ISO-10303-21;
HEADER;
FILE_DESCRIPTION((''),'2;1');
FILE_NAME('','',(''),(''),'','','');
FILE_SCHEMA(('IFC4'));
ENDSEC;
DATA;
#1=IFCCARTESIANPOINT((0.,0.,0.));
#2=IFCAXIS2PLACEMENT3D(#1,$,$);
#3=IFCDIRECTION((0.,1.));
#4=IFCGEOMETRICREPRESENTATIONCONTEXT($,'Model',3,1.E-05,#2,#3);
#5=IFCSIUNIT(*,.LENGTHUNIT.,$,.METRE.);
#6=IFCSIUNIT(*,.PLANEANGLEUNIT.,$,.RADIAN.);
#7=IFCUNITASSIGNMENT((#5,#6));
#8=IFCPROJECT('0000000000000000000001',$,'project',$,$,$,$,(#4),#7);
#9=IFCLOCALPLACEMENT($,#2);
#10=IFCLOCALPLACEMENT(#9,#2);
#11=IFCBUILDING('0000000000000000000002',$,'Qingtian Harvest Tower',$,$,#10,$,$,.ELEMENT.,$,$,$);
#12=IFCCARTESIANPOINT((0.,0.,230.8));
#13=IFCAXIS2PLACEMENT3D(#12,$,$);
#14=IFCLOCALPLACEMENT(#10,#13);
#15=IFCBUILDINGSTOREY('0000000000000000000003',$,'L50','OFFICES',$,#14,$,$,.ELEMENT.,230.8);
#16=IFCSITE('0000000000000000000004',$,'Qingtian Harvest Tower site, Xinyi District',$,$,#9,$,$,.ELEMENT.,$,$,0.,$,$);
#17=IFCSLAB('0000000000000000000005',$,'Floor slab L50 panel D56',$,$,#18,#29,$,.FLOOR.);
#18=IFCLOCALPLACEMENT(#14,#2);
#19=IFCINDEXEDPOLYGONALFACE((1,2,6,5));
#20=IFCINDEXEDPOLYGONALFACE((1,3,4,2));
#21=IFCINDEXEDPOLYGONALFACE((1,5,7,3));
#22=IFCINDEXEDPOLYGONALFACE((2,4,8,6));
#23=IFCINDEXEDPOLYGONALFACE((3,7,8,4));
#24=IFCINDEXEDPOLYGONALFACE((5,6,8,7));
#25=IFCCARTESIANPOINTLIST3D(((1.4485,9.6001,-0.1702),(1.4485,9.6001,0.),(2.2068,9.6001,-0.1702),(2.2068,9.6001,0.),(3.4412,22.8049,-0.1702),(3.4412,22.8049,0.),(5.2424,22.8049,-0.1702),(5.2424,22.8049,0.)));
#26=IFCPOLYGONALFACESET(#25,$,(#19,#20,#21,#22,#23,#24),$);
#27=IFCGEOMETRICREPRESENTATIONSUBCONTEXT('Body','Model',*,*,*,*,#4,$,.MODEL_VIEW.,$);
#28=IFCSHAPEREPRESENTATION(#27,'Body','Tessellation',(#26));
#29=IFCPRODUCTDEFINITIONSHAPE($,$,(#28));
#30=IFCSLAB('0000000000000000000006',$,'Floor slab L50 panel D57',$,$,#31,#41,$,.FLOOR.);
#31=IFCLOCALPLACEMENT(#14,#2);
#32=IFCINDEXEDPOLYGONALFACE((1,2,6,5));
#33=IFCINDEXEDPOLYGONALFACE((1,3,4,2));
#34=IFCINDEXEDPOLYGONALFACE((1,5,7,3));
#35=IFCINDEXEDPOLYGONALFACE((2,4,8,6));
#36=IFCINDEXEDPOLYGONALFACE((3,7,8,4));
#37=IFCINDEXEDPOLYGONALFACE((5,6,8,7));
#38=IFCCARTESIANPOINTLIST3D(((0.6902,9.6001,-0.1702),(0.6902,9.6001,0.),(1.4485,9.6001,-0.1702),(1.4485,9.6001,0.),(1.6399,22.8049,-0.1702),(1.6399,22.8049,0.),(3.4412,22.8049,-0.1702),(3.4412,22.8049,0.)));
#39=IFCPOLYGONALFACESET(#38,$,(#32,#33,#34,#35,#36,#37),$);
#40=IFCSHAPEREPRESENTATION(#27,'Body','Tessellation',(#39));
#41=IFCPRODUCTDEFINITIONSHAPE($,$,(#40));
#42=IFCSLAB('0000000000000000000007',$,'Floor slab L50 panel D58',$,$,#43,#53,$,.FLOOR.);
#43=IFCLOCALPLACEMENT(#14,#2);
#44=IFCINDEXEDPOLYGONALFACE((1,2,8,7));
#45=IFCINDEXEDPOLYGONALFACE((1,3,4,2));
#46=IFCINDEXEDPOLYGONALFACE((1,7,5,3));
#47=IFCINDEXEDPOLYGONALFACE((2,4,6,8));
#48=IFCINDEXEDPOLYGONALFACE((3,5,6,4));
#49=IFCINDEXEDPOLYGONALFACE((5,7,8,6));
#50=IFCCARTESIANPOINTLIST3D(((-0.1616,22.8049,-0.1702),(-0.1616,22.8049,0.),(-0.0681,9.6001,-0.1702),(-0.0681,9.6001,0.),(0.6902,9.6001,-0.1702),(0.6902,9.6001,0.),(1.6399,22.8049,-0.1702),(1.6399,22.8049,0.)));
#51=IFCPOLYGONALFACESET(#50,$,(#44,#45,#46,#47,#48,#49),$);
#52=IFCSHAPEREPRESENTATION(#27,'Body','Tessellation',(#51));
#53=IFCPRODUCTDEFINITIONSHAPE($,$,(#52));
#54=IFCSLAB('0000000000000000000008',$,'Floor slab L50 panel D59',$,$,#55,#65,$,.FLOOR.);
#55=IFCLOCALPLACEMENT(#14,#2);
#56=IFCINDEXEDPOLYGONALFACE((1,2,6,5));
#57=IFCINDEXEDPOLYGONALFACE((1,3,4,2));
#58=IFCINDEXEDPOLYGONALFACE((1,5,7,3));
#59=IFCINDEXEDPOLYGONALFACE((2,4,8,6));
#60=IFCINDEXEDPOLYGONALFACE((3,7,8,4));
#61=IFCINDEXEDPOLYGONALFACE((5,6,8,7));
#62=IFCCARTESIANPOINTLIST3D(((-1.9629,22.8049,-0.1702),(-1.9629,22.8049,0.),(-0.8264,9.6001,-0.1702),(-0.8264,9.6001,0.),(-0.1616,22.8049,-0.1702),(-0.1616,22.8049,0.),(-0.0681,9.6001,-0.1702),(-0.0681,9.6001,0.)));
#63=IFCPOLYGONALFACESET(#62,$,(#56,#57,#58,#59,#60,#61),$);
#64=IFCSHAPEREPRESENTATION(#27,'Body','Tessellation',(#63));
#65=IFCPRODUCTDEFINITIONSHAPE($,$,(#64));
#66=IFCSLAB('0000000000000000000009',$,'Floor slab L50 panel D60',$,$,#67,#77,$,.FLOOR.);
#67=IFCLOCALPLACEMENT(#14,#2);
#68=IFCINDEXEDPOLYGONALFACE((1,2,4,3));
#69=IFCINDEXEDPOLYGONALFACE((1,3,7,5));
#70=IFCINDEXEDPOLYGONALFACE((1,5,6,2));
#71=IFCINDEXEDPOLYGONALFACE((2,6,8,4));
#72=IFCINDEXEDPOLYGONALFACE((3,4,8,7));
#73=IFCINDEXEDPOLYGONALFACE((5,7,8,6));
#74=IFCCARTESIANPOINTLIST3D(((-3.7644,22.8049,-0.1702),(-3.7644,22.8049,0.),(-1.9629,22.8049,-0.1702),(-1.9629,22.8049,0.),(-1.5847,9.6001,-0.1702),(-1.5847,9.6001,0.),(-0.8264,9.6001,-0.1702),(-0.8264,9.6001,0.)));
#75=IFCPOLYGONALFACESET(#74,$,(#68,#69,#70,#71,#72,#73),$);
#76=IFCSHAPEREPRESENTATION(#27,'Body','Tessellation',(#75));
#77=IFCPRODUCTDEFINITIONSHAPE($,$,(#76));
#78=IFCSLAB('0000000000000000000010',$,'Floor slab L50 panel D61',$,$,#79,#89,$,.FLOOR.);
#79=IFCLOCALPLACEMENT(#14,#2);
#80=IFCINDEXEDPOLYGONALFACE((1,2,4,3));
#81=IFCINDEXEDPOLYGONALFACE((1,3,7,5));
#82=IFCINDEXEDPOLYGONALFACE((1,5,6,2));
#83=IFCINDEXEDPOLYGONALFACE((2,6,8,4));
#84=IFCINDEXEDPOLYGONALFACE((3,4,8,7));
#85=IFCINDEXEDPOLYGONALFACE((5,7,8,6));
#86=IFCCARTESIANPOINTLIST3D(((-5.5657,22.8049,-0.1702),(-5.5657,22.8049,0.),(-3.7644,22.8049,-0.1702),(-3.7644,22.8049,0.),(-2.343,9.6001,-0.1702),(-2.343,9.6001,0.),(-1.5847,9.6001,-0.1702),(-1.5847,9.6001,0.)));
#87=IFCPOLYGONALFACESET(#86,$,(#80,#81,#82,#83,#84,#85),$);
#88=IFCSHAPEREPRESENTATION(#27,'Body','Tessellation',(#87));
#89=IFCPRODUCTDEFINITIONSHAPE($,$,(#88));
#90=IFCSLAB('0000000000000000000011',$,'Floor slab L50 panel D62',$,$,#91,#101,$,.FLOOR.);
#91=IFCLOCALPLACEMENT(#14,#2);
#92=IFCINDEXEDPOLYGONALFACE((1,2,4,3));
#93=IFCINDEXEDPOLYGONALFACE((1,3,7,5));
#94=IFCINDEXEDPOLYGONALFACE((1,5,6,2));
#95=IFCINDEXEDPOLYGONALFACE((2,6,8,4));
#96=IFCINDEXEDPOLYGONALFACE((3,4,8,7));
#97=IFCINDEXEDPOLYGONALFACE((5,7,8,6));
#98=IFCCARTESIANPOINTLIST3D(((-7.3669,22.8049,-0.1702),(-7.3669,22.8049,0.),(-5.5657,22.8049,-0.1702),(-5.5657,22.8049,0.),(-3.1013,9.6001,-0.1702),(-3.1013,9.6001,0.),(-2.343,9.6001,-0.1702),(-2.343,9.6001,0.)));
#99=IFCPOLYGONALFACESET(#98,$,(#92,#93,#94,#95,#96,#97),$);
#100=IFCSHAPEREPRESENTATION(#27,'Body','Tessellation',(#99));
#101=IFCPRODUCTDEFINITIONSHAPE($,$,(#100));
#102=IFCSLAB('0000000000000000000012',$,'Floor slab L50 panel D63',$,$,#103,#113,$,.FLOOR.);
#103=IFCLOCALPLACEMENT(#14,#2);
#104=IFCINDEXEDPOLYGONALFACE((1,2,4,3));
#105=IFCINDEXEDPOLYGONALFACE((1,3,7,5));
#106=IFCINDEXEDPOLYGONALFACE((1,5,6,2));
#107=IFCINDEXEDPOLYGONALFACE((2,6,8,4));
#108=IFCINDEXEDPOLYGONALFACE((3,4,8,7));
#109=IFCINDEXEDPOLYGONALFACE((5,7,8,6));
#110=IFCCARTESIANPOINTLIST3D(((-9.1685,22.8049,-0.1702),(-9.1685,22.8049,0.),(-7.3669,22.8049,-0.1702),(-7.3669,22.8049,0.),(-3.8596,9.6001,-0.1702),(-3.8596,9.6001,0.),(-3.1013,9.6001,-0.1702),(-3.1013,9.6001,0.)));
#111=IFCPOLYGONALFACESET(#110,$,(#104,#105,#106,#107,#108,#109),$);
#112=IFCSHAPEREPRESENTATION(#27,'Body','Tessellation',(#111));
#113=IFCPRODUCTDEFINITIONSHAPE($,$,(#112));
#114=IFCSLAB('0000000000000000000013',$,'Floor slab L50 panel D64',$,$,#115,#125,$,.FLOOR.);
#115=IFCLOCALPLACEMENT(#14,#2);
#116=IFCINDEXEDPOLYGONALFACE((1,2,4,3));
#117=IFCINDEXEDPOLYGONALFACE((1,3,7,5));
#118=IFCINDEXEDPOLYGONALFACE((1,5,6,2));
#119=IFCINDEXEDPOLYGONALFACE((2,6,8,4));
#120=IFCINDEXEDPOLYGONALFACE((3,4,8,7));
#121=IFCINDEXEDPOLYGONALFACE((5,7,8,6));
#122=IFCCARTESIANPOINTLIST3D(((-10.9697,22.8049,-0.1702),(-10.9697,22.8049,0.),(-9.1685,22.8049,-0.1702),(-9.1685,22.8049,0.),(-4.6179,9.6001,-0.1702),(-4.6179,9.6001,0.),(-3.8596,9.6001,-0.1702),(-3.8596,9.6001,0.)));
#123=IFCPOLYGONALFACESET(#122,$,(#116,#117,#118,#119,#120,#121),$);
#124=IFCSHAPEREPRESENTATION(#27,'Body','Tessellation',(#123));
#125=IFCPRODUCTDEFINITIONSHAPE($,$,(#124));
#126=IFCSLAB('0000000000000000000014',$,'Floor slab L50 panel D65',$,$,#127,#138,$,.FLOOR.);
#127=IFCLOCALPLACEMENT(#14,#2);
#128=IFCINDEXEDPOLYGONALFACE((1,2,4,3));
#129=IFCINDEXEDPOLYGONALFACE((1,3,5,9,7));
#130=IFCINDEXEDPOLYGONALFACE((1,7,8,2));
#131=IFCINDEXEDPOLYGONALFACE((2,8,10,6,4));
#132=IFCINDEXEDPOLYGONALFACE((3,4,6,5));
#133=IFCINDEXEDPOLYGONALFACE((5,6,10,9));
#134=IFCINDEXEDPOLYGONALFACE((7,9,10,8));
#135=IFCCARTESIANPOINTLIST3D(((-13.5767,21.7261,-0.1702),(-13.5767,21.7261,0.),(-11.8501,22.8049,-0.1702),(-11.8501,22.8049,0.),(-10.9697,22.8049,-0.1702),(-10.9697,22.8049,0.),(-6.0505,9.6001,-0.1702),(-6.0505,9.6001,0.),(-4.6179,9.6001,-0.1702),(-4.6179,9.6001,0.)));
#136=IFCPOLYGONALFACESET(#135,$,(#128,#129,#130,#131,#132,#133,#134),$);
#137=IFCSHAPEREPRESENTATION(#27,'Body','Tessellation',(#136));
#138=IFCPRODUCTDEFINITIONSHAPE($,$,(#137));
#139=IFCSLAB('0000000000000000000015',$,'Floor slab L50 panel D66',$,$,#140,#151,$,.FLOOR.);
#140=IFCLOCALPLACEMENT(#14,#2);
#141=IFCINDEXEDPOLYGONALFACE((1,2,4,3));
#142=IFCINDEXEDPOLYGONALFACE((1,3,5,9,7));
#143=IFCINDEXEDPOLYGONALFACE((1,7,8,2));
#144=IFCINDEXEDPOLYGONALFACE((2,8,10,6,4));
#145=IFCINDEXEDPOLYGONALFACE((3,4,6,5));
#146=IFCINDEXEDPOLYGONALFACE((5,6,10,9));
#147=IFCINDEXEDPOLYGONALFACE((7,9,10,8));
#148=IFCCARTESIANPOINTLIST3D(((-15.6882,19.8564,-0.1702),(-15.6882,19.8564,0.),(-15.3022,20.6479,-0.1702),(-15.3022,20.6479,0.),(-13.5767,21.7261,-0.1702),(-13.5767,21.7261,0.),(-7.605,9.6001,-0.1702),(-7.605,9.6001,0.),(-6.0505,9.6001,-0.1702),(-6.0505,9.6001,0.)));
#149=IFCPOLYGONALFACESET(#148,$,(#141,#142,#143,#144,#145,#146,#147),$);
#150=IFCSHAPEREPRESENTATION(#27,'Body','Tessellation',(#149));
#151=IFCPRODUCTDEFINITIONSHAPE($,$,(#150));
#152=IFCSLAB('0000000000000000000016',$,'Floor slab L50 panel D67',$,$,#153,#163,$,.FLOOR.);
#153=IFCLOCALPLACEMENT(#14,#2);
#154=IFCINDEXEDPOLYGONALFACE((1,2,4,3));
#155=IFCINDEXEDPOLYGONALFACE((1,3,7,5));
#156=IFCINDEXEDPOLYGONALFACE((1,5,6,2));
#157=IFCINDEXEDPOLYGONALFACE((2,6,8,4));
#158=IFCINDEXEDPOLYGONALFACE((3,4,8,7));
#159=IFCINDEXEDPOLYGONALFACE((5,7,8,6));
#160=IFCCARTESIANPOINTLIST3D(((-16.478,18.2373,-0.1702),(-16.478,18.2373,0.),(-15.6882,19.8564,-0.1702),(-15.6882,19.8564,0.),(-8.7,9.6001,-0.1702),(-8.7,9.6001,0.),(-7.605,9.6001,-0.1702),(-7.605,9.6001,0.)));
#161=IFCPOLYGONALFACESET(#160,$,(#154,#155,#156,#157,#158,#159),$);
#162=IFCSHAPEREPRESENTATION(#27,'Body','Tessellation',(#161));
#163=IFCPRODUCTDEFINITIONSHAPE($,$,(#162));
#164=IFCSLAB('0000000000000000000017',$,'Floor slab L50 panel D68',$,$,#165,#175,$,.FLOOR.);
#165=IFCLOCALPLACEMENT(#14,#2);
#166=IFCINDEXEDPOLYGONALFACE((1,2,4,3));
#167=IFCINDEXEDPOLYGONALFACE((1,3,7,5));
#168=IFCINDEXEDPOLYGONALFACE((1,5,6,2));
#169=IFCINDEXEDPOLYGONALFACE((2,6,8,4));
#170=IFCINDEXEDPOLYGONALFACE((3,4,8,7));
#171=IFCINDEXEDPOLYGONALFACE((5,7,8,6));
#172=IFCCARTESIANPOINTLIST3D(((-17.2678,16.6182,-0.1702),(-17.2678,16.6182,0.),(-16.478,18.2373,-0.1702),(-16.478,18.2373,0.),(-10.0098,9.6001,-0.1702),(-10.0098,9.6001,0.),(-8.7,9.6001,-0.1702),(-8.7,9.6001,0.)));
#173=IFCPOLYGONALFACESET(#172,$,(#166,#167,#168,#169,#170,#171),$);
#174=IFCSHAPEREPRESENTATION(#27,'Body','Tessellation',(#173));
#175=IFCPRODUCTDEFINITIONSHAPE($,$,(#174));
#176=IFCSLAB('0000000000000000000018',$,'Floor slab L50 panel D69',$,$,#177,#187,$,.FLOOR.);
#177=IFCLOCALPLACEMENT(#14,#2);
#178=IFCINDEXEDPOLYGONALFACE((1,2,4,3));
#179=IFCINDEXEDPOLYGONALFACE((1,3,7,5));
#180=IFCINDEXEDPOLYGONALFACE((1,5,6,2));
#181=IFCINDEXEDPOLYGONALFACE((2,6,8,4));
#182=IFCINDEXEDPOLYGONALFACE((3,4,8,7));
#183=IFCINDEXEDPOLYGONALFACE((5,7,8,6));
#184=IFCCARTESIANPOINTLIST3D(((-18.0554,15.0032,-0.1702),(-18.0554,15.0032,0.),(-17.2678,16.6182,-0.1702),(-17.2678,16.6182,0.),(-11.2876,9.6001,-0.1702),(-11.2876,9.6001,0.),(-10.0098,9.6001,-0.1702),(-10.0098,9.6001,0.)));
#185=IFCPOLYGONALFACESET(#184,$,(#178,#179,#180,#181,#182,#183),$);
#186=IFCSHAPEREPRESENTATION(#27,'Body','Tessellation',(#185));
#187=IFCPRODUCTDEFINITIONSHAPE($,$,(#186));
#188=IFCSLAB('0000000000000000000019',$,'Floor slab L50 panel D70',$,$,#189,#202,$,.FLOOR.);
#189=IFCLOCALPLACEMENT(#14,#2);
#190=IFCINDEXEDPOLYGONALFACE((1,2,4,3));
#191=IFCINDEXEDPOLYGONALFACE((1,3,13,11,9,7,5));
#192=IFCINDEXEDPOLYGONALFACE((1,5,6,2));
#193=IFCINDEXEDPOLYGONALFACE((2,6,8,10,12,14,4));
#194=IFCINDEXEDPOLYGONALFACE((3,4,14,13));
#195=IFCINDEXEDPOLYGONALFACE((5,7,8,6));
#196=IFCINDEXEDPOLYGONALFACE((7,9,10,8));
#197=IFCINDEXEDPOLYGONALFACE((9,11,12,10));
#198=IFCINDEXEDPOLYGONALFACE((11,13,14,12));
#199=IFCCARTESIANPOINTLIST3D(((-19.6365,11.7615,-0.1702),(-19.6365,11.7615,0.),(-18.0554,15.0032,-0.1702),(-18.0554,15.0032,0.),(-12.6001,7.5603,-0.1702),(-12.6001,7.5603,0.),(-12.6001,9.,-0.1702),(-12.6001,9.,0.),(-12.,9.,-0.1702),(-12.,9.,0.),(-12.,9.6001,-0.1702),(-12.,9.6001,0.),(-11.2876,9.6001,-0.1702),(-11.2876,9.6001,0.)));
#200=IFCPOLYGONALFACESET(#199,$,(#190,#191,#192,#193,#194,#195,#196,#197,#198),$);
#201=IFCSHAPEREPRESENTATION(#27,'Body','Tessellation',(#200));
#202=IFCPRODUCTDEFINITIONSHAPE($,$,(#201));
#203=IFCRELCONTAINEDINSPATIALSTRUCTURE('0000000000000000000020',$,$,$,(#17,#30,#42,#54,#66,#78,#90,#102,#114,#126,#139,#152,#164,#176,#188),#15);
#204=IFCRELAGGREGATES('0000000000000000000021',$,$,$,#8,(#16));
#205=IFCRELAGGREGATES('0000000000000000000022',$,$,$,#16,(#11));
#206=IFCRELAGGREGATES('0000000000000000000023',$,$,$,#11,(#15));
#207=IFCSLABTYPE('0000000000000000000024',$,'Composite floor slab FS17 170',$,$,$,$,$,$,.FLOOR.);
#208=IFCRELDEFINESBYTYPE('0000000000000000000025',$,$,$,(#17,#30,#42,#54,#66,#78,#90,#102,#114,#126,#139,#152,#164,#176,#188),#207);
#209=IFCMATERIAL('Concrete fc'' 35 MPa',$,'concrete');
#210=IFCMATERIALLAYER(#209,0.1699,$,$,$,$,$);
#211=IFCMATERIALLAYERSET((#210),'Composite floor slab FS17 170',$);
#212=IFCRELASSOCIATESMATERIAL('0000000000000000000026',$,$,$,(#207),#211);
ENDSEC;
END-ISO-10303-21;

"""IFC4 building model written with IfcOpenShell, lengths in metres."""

from ifc_helpers import new_model, si_unit, direction, frame, origin, place, context, subcontext, project, spatial, polyline, outline, extrude, material, layer, layer_set, type_object, element, save


model = new_model("IFC4")

# Units and contexts
model_context = context("Model", 3, precision=1e-05, world=origin(), true_north=direction((0.0, 1.0)))
body_context = subcontext(model_context, "Body", "Model", "MODEL_VIEW")
ifc_project = project(units=[si_unit("LENGTHUNIT", "METRE"), si_unit("PLANEANGLEUNIT", "RADIAN")], contexts=[model_context])

# Site, building, storey
site_placement = place(None, origin())
site = spatial("IfcSite", under=ifc_project, at=site_placement, Name="Qingtian Harvest Tower site, Xinyi District", CompositionType="ELEMENT", RefElevation=0.0)
building_placement = place(site_placement, origin())
building = spatial("IfcBuilding", under=site, at=building_placement, Name="Qingtian Harvest Tower", CompositionType="ELEMENT")
storey_placement = place(building_placement, frame((0.0, 0.0, 230.8)))
storey = spatial("IfcBuildingStorey", under=building, at=storey_placement, Name="L50", Description="OFFICES", CompositionType="ELEMENT", Elevation=230.8)

# Slabs
ifc_material_1 = material(Name="Concrete fc' 35 MPa", Category="concrete")
ifc_layer_1 = layer(ifc_material_1, 0.1699)
ifc_layer_set_1 = layer_set([ifc_layer_1], Name="Composite floor slab FS17 170")
slab_type = type_object("IfcSlabType", Name="Composite floor slab FS17 170", PredefinedType="FLOOR", material=ifc_layer_set_1)
slab_1_placement = place(storey_placement, frame((0.0, 0.0, -0.1702)))
element("IfcSlab", 1, at=slab_1_placement, inside=storey, type_object=slab_type, Name="Floor slab L50 panel D56", PredefinedType="FLOOR", context=body_context, shape_type="SweptSolid", body=[
    extrude(outline(polyline([(1.4485, 9.6001), (3.4412, 22.8049), (5.2424, 22.8049), (2.2068, 9.6001), (1.4485, 9.6001)])), origin(), (0.0, 0.0, 1.0), 0.1702),
])
slab_2_placement = place(storey_placement, frame((0.0, 0.0, -0.1702)))
element("IfcSlab", 2, at=slab_2_placement, inside=storey, type_object=slab_type, Name="Floor slab L50 panel D57", PredefinedType="FLOOR", context=body_context, shape_type="SweptSolid", body=[
    extrude(outline(polyline([(0.6902, 9.6001), (1.6399, 22.8049), (3.4412, 22.8049), (1.4485, 9.6001), (0.6902, 9.6001)])), origin(), (0.0, 0.0, 1.0), 0.1702),
])
slab_3_placement = place(storey_placement, frame((0.0, 0.0, -0.1702)))
element("IfcSlab", 3, at=slab_3_placement, inside=storey, type_object=slab_type, Name="Floor slab L50 panel D58", PredefinedType="FLOOR", context=body_context, shape_type="SweptSolid", body=[
    extrude(outline(polyline([(-0.0681, 9.6001), (-0.1616, 22.8049), (1.6399, 22.8049), (0.6902, 9.6001), (-0.0681, 9.6001)])), origin(), (0.0, 0.0, 1.0), 0.1702),
])
slab_4_placement = place(storey_placement, frame((0.0, 0.0, -0.1702)))
element("IfcSlab", 4, at=slab_4_placement, inside=storey, type_object=slab_type, Name="Floor slab L50 panel D59", PredefinedType="FLOOR", context=body_context, shape_type="SweptSolid", body=[
    extrude(outline(polyline([(-0.8264, 9.6001), (-1.9629, 22.8049), (-0.1616, 22.8049), (-0.0681, 9.6001), (-0.8264, 9.6001)])), origin(), (0.0, 0.0, 1.0), 0.1702),
])
slab_5_placement = place(storey_placement, frame((0.0, 0.0, -0.1702)))
element("IfcSlab", 5, at=slab_5_placement, inside=storey, type_object=slab_type, Name="Floor slab L50 panel D60", PredefinedType="FLOOR", context=body_context, shape_type="SweptSolid", body=[
    extrude(outline(polyline([(-1.5847, 9.6001), (-3.7644, 22.8049), (-1.9629, 22.8049), (-0.8264, 9.6001), (-1.5847, 9.6001)])), origin(), (0.0, 0.0, 1.0), 0.1702),
])
slab_6_placement = place(storey_placement, frame((0.0, 0.0, -0.1702)))
element("IfcSlab", 6, at=slab_6_placement, inside=storey, type_object=slab_type, Name="Floor slab L50 panel D61", PredefinedType="FLOOR", context=body_context, shape_type="SweptSolid", body=[
    extrude(outline(polyline([(-2.343, 9.6001), (-5.5657, 22.8049), (-3.7644, 22.8049), (-1.5847, 9.6001), (-2.343, 9.6001)])), origin(), (0.0, 0.0, 1.0), 0.1702),
])
slab_7_placement = place(storey_placement, frame((0.0, 0.0, -0.1702)))
element("IfcSlab", 7, at=slab_7_placement, inside=storey, type_object=slab_type, Name="Floor slab L50 panel D62", PredefinedType="FLOOR", context=body_context, shape_type="SweptSolid", body=[
    extrude(outline(polyline([(-3.1013, 9.6001), (-7.3669, 22.8049), (-5.5657, 22.8049), (-2.343, 9.6001), (-3.1013, 9.6001)])), origin(), (0.0, 0.0, 1.0), 0.1702),
])
slab_8_placement = place(storey_placement, frame((0.0, 0.0, -0.1702)))
element("IfcSlab", 8, at=slab_8_placement, inside=storey, type_object=slab_type, Name="Floor slab L50 panel D63", PredefinedType="FLOOR", context=body_context, shape_type="SweptSolid", body=[
    extrude(outline(polyline([(-3.8596, 9.6001), (-9.1685, 22.8049), (-7.3669, 22.8049), (-3.1013, 9.6001), (-3.8596, 9.6001)])), origin(), (0.0, 0.0, 1.0), 0.1702),
])
slab_9_placement = place(storey_placement, frame((0.0, 0.0, -0.1702)))
element("IfcSlab", 9, at=slab_9_placement, inside=storey, type_object=slab_type, Name="Floor slab L50 panel D64", PredefinedType="FLOOR", context=body_context, shape_type="SweptSolid", body=[
    extrude(outline(polyline([(-4.6179, 9.6001), (-10.9697, 22.8049), (-9.1685, 22.8049), (-3.8596, 9.6001), (-4.6179, 9.6001)])), origin(), (0.0, 0.0, 1.0), 0.1702),
])
slab_10_placement = place(storey_placement, frame((0.0, 0.0, -0.1702)))
element("IfcSlab", 10, at=slab_10_placement, inside=storey, type_object=slab_type, Name="Floor slab L50 panel D65", PredefinedType="FLOOR", context=body_context, shape_type="SweptSolid", body=[
    extrude(outline(polyline([(-4.6179, 9.6001), (-6.0505, 9.6001), (-13.5767, 21.7261), (-11.8501, 22.8049), (-10.9697, 22.8049), (-4.6179, 9.6001)])), origin(), (0.0, 0.0, 1.0), 0.1702),
])
slab_11_placement = place(storey_placement, frame((0.0, 0.0, -0.1702)))
element("IfcSlab", 11, at=slab_11_placement, inside=storey, type_object=slab_type, Name="Floor slab L50 panel D66", PredefinedType="FLOOR", context=body_context, shape_type="SweptSolid", body=[
    extrude(outline(polyline([(-6.0505, 9.6001), (-7.605, 9.6001), (-15.6882, 19.8564), (-15.3022, 20.6479), (-13.5767, 21.7261), (-6.0505, 9.6001)])), origin(), (0.0, 0.0, 1.0), 0.1702),
])
slab_12_placement = place(storey_placement, frame((0.0, 0.0, -0.1702)))
element("IfcSlab", 12, at=slab_12_placement, inside=storey, type_object=slab_type, Name="Floor slab L50 panel D67", PredefinedType="FLOOR", context=body_context, shape_type="SweptSolid", body=[
    extrude(outline(polyline([(-8.7, 9.6001), (-16.478, 18.2373), (-15.6882, 19.8564), (-7.605, 9.6001), (-8.7, 9.6001)])), origin(), (0.0, 0.0, 1.0), 0.1702),
])
slab_13_placement = place(storey_placement, frame((0.0, 0.0, -0.1702)))
element("IfcSlab", 13, at=slab_13_placement, inside=storey, type_object=slab_type, Name="Floor slab L50 panel D68", PredefinedType="FLOOR", context=body_context, shape_type="SweptSolid", body=[
    extrude(outline(polyline([(-10.0098, 9.6001), (-17.2678, 16.6182), (-16.478, 18.2373), (-8.7, 9.6001), (-10.0098, 9.6001)])), origin(), (0.0, 0.0, 1.0), 0.1702),
])
slab_14_placement = place(storey_placement, frame((0.0, 0.0, -0.1702)))
element("IfcSlab", 14, at=slab_14_placement, inside=storey, type_object=slab_type, Name="Floor slab L50 panel D69", PredefinedType="FLOOR", context=body_context, shape_type="SweptSolid", body=[
    extrude(outline(polyline([(-11.2876, 9.6001), (-18.0554, 15.0032), (-17.2678, 16.6182), (-10.0098, 9.6001), (-11.2876, 9.6001)])), origin(), (0.0, 0.0, 1.0), 0.1702),
])
slab_15_placement = place(storey_placement, frame((0.0, 0.0, -0.1702)))
element("IfcSlab", 15, at=slab_15_placement, inside=storey, type_object=slab_type, Name="Floor slab L50 panel D70", PredefinedType="FLOOR", context=body_context, shape_type="SweptSolid", body=[
    extrude(outline(polyline([(-12.0, 9.0), (-12.6001, 9.0), (-12.6001, 7.5603), (-19.6365, 11.7615), (-18.0554, 15.0032), (-11.2876, 9.6001), (-12.0, 9.6001), (-12.0, 9.0)])), origin(), (0.0, 0.0, 1.0), 0.1702),
])

save(model, "model.ifc")
